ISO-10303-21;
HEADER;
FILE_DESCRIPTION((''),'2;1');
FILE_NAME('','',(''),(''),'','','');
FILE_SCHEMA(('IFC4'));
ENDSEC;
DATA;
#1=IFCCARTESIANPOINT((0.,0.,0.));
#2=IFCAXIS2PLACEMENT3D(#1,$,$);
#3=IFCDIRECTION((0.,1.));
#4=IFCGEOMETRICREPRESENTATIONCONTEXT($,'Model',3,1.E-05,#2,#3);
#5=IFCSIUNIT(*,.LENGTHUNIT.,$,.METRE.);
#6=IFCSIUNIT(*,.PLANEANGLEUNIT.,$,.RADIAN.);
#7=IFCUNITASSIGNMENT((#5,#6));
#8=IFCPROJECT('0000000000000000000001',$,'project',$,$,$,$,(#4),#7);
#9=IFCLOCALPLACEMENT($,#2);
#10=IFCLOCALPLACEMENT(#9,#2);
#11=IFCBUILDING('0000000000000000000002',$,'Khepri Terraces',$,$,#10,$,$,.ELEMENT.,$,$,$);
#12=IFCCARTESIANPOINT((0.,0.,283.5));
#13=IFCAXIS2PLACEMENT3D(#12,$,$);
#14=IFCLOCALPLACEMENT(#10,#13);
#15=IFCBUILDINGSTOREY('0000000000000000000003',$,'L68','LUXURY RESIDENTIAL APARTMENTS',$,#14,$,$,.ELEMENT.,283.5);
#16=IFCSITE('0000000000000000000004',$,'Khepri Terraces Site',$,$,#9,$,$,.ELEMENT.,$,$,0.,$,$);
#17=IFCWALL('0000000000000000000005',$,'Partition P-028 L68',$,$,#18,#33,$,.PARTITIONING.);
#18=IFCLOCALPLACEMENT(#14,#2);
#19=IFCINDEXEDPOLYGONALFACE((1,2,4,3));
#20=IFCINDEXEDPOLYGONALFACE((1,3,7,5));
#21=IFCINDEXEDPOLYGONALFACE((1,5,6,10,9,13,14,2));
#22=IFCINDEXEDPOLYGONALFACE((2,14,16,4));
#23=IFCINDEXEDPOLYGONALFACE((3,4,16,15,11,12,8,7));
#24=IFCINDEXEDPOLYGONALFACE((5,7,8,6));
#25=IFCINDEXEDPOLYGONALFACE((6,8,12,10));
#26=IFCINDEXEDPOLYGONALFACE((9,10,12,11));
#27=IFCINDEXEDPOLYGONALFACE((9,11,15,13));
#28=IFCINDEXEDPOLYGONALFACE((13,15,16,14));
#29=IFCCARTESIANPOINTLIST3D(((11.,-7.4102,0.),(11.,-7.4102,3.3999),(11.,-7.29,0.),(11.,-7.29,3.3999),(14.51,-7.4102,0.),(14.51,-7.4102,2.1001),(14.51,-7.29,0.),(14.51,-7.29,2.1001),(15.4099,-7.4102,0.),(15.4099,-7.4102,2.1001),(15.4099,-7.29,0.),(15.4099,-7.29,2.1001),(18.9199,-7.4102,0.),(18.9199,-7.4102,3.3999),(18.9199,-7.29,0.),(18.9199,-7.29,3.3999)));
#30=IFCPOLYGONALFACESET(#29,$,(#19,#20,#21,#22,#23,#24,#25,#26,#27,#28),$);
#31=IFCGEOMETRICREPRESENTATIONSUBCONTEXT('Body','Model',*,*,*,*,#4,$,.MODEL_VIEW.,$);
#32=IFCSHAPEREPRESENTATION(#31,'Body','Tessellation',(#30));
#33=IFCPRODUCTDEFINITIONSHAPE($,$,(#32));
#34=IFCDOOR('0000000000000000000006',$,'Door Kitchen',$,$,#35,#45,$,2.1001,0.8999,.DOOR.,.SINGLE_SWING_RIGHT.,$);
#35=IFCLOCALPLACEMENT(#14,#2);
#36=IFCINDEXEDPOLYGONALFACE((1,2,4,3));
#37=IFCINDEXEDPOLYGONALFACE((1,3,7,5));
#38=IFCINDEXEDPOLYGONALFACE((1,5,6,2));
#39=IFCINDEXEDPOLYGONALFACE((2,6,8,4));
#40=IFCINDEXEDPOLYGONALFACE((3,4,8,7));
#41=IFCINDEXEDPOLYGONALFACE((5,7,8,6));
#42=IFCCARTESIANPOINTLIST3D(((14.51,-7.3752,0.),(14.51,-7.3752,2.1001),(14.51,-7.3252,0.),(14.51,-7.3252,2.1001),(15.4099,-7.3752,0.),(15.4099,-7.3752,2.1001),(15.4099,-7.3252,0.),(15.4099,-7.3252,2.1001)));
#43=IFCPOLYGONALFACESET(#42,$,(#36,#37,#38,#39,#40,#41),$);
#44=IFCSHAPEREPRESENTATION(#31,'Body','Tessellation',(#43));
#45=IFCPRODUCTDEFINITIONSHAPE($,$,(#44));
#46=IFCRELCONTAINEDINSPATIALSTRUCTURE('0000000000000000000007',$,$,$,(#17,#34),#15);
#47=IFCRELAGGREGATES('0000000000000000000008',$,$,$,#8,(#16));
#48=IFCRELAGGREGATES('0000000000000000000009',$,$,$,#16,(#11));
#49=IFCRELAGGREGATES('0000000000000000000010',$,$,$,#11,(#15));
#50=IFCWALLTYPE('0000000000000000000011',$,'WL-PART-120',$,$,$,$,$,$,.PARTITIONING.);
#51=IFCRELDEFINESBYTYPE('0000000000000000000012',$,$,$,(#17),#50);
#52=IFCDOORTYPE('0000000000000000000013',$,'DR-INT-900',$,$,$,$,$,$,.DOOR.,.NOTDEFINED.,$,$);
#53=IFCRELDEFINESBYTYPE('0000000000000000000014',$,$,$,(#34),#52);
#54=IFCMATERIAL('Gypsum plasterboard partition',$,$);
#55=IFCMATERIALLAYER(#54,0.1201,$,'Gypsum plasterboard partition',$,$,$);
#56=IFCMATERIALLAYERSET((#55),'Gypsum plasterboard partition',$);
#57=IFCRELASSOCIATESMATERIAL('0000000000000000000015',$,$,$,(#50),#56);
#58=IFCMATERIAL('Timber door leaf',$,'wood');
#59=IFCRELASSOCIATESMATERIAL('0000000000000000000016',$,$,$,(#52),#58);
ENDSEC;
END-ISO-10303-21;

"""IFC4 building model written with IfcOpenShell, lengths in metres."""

from ifc_helpers import new_model, si_unit, direction, frame, frame_2d, origin, place, context, subcontext, project, spatial, rectangle, extrude, material, layer, layer_set, type_object, element, fill, save


model = new_model("IFC4")

# Units and contexts
model_context = context("Model", 3, precision=1e-05, world=origin(), true_north=direction((0.0, 1.0)))
body_context = subcontext(model_context, "Body", "Model", "MODEL_VIEW")
ifc_project = project(units=[si_unit("LENGTHUNIT", "METRE"), si_unit("PLANEANGLEUNIT", "RADIAN")], contexts=[model_context])

# Site, building, storey
site_placement = place(None, origin())
site = spatial("IfcSite", under=ifc_project, at=site_placement, Name="Khepri Terraces Site", CompositionType="ELEMENT", RefElevation=0.0)
building_placement = place(site_placement, origin())
building = spatial("IfcBuilding", under=site, at=building_placement, Name="Khepri Terraces", CompositionType="ELEMENT")
storey_placement = place(building_placement, frame((0.0, 0.0, 283.5)))
storey = spatial("IfcBuildingStorey", under=building, at=storey_placement, Name="L68", Description="LUXURY RESIDENTIAL APARTMENTS", CompositionType="ELEMENT", Elevation=283.5)

# Shared definitions
ifc_material_1 = material(Name="Gypsum plasterboard partition")
ifc_layer_1 = layer(ifc_material_1, 0.1201, Name="Gypsum plasterboard partition")
ifc_layer_set_1 = layer_set([ifc_layer_1], Name="Gypsum plasterboard partition")
wall_type_1 = type_object("IfcWallType", Name="WL-PART-120", PredefinedType="PARTITIONING", material=ifc_layer_set_1)

# Wall, opening, door
wall_1_placement = place(storey_placement, frame((11.0, -7.3501, 0.0), z_axis=(0.0, 0.0, 1.0), x_axis=(1.0, 0.0, 0.0)))
wall_1 = element("IfcWall", 1, at=wall_1_placement, inside=storey, type_object=wall_type_1, Name="Partition P-028 L68", PredefinedType="PARTITIONING", context=body_context, shape_type="SweptSolid", body=[
    extrude(rectangle(XDim=7.9199, YDim=0.1201, at=frame_2d((3.96, 0.0))), origin(), (0.0, 0.0, 1.0), 3.3999),
])
opening_1_placement = place(wall_1_placement, frame((3.51, 0.0, 0.0)))
opening_1 = element("IfcOpeningElement", 2, at=opening_1_placement, cuts=wall_1, PredefinedType="OPENING", context=body_context, shape_type="SweptSolid", body=[
    extrude(rectangle(XDim=0.8999, YDim=2.1001, at=frame_2d((0.45, 1.05))), frame((0.0, 0.0701, 0.0), z_axis=(0.0, -1.0, 0.0), x_axis=(1.0, 0.0, 0.0)), (0.0, 0.0, 1.0), 0.1401),
])
ifc_material_2 = material(Name="Timber door leaf", Category="wood")
door_type_1 = type_object("IfcDoorType", Name="DR-INT-900", OperationType="NOTDEFINED", PredefinedType="DOOR", material=ifc_material_2)
door_1_placement = place(opening_1_placement, origin())
door_1 = element("IfcDoor", 3, at=door_1_placement, inside=storey, type_object=door_type_1, Name="Door Kitchen", OperationType="SINGLE_SWING_RIGHT", OverallHeight=2.1001, OverallWidth=0.8999, PredefinedType="DOOR", context=body_context, shape_type="SweptSolid", body=[
    extrude(rectangle(XDim=0.8999, YDim=2.1001, at=frame_2d((0.45, 1.05))), frame((0.0, 0.0249, 0.0), z_axis=(0.0, -1.0, 0.0), x_axis=(1.0, 0.0, 0.0)), (0.0, 0.0, 1.0), 0.05),
])
fill(opening_1, door_1)

save(model, "model.ifc")
